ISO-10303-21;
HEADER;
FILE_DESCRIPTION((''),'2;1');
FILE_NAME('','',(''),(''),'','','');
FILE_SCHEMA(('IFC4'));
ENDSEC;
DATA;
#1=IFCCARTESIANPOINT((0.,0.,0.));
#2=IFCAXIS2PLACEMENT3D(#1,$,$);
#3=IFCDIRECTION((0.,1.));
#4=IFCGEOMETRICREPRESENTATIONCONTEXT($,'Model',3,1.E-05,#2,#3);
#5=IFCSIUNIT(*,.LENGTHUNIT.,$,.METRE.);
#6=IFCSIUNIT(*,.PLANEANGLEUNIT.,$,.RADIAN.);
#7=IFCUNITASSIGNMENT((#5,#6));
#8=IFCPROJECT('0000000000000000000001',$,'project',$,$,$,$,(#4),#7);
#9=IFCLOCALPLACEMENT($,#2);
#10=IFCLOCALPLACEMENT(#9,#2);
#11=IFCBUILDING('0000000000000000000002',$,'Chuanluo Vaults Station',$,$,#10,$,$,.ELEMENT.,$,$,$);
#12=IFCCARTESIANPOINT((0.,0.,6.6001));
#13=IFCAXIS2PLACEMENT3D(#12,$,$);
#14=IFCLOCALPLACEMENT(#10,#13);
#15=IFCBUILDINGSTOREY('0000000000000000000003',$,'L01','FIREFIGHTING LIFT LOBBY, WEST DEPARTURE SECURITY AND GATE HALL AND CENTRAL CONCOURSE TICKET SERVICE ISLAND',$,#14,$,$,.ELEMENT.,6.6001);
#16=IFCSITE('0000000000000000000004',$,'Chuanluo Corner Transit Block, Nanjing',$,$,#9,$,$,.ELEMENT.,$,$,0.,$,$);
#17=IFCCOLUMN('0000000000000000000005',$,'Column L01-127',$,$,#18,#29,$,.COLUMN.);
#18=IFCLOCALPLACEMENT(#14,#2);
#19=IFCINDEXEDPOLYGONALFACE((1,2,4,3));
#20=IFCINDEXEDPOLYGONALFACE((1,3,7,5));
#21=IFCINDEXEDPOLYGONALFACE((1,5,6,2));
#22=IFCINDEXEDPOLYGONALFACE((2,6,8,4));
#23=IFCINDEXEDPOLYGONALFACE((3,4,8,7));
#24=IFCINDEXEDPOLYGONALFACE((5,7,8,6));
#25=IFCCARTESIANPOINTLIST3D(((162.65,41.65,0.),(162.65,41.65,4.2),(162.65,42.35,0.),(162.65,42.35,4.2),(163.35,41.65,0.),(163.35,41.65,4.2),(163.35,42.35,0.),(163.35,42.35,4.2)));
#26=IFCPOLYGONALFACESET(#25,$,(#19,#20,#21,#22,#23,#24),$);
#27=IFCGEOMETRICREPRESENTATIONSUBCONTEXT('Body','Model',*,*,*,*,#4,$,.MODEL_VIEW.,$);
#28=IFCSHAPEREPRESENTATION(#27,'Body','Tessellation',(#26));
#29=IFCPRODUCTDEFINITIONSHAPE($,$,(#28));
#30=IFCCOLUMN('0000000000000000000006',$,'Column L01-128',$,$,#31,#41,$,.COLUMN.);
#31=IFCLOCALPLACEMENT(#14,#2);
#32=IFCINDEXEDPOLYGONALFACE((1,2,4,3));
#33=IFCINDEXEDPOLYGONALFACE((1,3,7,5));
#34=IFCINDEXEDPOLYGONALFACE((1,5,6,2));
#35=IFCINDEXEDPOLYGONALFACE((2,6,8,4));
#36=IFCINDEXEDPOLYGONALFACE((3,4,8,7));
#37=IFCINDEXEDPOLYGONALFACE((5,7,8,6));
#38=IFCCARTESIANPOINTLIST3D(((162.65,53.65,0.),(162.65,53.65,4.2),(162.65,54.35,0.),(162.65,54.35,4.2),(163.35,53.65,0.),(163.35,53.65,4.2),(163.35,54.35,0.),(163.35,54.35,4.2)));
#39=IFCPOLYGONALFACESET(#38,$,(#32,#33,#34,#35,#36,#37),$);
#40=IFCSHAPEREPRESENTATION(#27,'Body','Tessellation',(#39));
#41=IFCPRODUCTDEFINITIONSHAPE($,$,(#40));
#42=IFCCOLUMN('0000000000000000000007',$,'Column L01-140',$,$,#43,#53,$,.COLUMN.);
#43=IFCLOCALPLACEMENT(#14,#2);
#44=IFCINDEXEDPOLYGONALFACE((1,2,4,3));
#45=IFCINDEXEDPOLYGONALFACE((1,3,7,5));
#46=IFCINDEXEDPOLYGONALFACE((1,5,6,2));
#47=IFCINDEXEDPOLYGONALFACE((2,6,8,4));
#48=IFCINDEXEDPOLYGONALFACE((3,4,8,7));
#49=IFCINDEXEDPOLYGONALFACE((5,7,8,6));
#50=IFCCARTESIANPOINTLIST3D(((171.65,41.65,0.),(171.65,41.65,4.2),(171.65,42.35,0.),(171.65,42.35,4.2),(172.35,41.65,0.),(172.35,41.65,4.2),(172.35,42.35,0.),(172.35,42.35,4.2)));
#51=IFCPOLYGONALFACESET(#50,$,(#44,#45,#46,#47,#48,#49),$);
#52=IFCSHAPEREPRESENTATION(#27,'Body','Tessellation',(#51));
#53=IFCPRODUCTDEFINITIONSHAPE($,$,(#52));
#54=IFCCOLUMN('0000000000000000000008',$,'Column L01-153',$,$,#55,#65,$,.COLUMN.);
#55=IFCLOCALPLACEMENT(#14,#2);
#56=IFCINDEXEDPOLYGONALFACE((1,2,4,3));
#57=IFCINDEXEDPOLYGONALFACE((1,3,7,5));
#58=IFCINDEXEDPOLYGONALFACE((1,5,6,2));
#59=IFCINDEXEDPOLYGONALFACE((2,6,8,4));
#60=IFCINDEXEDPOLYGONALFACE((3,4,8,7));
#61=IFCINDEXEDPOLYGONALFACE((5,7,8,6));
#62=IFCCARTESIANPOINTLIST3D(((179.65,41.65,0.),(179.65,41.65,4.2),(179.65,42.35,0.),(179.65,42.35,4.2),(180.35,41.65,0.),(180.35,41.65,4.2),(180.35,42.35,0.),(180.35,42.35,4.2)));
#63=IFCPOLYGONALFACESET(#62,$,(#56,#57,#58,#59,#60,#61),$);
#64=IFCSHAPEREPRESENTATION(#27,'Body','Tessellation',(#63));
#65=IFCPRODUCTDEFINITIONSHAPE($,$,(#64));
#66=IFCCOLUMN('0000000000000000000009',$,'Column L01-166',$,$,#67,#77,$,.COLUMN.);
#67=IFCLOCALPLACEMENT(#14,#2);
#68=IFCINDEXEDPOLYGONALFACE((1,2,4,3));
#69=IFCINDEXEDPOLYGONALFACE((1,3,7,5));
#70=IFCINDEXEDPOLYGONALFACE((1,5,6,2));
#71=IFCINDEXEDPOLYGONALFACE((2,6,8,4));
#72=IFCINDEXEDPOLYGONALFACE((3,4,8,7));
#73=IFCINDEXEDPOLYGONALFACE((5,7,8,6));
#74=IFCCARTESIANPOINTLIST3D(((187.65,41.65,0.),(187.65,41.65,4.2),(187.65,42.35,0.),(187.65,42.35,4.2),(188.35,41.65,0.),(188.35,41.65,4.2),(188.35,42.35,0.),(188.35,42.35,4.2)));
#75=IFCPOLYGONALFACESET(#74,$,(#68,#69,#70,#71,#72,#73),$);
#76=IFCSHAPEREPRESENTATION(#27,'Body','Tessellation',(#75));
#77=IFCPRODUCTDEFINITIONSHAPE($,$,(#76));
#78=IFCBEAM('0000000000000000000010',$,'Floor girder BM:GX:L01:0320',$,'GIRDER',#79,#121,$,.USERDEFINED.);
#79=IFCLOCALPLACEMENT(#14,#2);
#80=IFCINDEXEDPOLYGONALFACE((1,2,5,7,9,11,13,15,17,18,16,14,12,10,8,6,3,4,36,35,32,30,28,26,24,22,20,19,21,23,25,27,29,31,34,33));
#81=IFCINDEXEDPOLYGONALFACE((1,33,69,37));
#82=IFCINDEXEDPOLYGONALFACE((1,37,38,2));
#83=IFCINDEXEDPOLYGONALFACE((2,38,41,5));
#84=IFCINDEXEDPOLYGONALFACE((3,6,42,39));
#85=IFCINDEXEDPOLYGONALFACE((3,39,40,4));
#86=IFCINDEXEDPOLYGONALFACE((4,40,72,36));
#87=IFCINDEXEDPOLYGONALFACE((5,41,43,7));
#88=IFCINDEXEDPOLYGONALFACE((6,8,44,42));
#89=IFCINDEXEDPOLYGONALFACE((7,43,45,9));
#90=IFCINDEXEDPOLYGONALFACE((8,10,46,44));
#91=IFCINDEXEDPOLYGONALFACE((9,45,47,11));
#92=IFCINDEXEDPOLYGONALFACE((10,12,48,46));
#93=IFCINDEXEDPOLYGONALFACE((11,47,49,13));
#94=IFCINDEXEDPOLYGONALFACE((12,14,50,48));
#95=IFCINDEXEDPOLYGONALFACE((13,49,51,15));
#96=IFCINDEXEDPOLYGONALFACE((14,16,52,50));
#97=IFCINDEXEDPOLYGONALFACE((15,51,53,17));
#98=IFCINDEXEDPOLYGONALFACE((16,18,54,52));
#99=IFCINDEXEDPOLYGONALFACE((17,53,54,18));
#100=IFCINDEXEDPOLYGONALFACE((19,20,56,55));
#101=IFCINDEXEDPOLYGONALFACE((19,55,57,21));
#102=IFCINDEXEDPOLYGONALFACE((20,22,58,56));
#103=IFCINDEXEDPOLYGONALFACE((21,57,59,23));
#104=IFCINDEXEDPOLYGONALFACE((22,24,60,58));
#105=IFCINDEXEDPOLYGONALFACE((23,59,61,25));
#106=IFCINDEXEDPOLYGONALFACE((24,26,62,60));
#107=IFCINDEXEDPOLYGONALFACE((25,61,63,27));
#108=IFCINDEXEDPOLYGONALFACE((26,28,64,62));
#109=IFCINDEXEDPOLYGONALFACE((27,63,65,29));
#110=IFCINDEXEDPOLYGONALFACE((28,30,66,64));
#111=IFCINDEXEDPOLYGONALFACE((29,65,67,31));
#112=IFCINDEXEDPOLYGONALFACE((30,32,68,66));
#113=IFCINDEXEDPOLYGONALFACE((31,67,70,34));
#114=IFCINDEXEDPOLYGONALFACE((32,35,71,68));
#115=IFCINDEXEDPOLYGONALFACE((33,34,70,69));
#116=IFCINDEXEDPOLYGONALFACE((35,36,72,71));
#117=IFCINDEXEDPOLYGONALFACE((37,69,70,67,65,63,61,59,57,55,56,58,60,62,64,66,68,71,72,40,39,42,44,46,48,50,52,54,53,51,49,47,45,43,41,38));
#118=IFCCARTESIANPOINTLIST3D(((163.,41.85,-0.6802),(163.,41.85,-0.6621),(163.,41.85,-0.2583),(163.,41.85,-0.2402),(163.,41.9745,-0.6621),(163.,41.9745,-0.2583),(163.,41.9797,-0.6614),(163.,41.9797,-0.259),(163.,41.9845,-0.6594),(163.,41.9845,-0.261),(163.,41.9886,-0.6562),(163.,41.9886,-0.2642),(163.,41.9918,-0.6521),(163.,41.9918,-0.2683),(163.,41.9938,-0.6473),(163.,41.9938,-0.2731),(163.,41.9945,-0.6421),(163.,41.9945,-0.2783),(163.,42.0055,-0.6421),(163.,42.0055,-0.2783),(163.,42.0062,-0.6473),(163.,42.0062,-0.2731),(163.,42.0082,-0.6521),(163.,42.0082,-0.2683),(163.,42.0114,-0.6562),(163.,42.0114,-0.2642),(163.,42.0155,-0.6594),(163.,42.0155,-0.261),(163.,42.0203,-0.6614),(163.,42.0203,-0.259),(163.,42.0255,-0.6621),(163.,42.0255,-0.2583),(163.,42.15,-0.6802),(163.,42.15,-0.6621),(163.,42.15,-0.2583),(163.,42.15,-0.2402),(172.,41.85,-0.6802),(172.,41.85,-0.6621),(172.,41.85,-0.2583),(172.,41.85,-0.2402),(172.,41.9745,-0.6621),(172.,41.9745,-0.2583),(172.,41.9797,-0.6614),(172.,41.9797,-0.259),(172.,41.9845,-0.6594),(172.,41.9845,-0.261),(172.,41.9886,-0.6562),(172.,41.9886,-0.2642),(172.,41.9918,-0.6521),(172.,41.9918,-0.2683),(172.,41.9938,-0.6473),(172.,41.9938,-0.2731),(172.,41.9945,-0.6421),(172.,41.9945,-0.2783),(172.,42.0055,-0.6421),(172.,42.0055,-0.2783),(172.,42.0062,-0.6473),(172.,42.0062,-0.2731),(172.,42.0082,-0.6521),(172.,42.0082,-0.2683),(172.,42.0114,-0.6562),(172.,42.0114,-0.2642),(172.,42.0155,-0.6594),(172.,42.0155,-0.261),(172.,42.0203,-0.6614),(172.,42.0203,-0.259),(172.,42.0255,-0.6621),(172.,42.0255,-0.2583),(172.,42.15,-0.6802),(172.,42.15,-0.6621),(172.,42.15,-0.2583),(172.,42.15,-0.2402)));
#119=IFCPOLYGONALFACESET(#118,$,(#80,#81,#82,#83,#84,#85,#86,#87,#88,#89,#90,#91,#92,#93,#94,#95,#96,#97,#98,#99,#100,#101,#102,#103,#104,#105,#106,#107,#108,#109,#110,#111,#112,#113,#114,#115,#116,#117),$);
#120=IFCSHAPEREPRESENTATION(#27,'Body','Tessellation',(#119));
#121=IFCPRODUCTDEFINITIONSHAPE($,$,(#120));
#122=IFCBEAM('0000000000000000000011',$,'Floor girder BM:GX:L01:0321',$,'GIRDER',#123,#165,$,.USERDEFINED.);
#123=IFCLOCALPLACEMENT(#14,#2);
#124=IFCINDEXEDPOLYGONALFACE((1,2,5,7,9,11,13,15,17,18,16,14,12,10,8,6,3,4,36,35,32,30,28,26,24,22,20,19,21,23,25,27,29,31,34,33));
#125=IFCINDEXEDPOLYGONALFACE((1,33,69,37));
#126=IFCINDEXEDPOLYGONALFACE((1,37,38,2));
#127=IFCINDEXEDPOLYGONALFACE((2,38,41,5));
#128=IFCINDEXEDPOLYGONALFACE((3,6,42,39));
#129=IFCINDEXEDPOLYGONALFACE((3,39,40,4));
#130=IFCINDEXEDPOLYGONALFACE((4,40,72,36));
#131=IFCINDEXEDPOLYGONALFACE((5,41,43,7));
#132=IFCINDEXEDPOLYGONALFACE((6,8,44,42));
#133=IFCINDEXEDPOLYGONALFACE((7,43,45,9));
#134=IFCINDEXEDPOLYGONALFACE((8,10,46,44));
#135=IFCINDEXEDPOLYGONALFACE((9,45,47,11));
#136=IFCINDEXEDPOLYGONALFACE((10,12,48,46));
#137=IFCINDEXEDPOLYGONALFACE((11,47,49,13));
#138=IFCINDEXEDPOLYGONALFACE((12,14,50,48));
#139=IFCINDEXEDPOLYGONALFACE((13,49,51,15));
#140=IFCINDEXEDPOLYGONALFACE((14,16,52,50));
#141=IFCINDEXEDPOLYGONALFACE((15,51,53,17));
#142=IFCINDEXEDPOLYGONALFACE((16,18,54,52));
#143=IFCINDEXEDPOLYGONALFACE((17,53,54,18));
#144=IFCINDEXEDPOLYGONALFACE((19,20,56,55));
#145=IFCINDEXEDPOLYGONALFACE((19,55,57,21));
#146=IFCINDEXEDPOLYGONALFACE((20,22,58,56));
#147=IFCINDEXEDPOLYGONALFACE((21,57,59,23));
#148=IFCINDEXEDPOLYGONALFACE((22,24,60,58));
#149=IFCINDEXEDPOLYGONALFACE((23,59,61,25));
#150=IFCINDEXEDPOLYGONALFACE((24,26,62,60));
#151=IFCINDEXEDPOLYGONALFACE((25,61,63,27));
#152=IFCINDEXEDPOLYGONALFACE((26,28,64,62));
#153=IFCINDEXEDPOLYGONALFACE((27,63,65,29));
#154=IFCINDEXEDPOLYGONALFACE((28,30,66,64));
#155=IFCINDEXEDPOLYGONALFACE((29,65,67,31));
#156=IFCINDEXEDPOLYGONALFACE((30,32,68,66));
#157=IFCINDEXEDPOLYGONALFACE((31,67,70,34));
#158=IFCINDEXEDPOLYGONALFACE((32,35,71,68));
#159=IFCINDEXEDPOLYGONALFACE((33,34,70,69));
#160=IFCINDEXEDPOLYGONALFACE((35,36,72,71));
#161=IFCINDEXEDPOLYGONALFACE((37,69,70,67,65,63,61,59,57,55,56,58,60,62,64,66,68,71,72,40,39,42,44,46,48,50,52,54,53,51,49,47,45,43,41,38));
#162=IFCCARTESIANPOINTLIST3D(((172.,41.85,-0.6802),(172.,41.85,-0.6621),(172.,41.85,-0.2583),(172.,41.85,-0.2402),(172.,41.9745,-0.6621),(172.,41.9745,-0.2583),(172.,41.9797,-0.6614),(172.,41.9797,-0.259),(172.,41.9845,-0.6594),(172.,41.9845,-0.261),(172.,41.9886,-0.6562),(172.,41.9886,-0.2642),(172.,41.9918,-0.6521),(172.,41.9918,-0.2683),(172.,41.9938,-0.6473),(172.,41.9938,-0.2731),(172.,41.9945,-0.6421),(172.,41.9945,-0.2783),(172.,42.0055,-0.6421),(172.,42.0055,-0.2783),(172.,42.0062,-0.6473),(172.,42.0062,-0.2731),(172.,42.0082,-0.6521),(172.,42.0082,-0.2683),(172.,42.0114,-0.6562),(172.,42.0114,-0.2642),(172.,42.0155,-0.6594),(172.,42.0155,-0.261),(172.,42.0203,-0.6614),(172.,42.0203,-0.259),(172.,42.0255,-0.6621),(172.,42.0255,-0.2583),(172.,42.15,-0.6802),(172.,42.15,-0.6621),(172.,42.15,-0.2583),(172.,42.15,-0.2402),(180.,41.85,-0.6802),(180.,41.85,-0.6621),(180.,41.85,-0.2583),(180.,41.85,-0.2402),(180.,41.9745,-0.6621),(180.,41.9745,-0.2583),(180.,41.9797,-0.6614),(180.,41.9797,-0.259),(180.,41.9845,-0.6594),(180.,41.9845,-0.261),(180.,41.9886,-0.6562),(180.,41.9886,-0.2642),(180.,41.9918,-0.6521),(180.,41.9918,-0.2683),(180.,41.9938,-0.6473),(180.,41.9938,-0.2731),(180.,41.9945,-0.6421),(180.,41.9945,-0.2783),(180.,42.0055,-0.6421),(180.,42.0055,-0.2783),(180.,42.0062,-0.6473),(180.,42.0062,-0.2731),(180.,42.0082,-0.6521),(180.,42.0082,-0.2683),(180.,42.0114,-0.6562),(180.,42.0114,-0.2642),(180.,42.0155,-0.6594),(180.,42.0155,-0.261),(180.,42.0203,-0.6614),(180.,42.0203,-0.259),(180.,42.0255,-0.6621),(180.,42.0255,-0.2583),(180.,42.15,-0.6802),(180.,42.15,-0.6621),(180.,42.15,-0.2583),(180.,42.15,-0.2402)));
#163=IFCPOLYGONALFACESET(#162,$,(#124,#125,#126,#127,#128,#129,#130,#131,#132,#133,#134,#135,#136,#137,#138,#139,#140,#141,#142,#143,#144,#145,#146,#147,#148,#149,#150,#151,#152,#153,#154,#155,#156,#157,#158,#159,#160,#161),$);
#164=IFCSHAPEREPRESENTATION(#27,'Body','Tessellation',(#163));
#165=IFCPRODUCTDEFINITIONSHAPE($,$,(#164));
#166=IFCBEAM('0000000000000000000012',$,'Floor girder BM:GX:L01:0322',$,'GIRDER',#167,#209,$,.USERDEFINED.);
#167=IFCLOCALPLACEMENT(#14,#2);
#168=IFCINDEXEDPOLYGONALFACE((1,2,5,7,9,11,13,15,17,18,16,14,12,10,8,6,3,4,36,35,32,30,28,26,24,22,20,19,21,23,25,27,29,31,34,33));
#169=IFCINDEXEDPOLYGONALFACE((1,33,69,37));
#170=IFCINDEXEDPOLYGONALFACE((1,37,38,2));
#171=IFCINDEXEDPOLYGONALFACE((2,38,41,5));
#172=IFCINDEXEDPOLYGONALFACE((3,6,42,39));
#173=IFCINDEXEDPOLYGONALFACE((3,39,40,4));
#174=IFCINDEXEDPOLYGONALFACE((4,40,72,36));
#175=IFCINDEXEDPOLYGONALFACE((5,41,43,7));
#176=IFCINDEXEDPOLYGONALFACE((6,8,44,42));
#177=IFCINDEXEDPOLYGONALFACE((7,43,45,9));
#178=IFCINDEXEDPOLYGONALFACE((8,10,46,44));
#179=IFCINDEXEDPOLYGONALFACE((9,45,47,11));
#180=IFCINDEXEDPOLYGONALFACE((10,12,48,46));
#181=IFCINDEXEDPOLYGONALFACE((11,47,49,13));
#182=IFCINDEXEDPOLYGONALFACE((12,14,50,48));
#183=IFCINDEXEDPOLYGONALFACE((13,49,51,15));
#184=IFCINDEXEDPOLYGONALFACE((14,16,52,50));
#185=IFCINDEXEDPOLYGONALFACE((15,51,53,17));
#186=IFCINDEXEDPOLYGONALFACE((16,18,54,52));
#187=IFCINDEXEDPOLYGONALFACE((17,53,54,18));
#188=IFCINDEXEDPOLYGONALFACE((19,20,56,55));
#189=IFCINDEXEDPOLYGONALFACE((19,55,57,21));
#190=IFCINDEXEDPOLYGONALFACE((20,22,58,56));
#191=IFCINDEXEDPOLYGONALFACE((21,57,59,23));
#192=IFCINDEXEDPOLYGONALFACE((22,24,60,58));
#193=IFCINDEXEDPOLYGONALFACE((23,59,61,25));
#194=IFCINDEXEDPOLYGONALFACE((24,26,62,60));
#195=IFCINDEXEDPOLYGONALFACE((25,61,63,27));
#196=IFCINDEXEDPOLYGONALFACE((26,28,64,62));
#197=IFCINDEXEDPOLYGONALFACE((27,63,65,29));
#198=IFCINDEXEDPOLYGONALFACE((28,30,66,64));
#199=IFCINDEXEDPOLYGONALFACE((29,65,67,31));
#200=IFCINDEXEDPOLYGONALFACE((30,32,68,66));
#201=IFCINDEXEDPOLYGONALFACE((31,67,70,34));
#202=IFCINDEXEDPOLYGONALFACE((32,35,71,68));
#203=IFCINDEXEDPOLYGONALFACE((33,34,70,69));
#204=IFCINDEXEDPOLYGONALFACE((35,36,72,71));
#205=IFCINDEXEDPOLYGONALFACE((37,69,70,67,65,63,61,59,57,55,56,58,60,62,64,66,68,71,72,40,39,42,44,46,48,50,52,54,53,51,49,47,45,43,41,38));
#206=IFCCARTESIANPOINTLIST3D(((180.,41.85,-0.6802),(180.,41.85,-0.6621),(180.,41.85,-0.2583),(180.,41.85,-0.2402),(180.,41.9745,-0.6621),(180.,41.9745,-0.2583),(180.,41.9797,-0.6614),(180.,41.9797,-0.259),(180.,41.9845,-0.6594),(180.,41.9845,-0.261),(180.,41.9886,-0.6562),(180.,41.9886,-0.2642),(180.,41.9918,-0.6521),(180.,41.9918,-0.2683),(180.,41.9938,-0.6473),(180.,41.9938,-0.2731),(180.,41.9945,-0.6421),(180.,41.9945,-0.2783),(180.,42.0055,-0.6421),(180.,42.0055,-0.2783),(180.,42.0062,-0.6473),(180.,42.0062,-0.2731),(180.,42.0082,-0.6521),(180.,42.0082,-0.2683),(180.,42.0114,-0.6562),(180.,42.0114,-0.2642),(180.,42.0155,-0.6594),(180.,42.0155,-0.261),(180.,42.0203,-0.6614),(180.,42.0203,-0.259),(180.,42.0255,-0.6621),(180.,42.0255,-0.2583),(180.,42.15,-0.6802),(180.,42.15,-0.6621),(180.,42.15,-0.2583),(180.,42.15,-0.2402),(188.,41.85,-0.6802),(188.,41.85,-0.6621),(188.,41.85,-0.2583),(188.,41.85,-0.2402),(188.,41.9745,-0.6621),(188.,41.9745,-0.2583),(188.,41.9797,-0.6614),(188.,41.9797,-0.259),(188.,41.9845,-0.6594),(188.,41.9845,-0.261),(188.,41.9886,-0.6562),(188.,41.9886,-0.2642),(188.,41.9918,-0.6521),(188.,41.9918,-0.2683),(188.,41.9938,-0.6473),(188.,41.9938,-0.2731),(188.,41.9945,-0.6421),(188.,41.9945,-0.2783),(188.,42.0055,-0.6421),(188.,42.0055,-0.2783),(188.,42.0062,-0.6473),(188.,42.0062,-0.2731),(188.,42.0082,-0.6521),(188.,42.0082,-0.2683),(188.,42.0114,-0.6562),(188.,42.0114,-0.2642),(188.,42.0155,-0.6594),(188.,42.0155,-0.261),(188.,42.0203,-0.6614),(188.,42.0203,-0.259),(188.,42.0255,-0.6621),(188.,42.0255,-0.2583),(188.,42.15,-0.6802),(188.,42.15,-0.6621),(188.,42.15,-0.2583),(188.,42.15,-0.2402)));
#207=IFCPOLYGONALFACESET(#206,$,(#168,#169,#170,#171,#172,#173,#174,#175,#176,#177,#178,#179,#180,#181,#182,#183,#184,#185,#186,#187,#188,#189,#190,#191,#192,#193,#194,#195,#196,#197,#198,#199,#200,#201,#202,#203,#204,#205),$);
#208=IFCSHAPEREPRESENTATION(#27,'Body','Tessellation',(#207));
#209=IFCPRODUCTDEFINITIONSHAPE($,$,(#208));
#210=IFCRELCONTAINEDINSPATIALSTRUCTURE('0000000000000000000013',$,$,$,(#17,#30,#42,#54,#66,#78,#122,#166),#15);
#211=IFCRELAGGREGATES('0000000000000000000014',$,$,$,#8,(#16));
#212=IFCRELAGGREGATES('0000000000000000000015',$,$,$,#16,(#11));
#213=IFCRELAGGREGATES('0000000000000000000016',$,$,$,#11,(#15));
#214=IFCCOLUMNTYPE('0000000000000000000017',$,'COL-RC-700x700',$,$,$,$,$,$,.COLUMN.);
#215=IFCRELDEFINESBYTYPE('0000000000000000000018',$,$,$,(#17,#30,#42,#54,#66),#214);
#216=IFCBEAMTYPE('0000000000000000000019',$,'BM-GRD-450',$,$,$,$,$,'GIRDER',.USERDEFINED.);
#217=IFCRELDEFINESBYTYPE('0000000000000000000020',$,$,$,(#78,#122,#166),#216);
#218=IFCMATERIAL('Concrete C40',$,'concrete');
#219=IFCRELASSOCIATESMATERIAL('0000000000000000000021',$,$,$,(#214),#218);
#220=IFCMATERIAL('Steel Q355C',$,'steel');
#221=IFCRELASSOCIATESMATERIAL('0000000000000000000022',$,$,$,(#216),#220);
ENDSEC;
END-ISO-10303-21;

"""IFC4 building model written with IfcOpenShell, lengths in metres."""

from ifc_helpers import new_model, si_unit, direction, frame, origin, origin_2d, place, context, subcontext, project, spatial, rectangle, i_section, extrude, material, material_profile, profile_set, type_object, element, save


model = new_model("IFC4")

# Units and contexts
model_context = context("Model", 3, precision=1e-05, world=origin(), true_north=direction((0.0, 1.0)))
body_context = subcontext(model_context, "Body", "Model", "MODEL_VIEW")
ifc_project = project(units=[si_unit("LENGTHUNIT", "METRE"), si_unit("PLANEANGLEUNIT", "RADIAN")], contexts=[model_context])

# Site, building, storey
site_placement = place(None, origin())
site = spatial("IfcSite", under=ifc_project, at=site_placement, Name="Chuanluo Corner Transit Block, Nanjing", CompositionType="ELEMENT", RefElevation=0.0)
building_placement = place(site_placement, origin())
building = spatial("IfcBuilding", under=site, at=building_placement, Name="Chuanluo Vaults Station", CompositionType="ELEMENT")
storey_placement = place(building_placement, frame((0.0, 0.0, 6.6001)))
storey = spatial("IfcBuildingStorey", under=building, at=storey_placement, Name="L01", Description="FIREFIGHTING LIFT LOBBY, WEST DEPARTURE SECURITY AND GATE HALL AND CENTRAL CONCOURSE TICKET SERVICE ISLAND", CompositionType="ELEMENT", Elevation=6.6001)

# Columns
ifc_material_1 = material(Name="Concrete C40", Category="concrete")
ifc_material_profile_1 = material_profile(ifc_material_1, rectangle(XDim=0.7, YDim=0.7, at=origin_2d()))
ifc_profile_set_1 = profile_set([ifc_material_profile_1], Name="Concrete C40")
column_type = type_object("IfcColumnType", Name="COL-RC-700x700", PredefinedType="COLUMN", material=ifc_profile_set_1)
for number, where, z_axis, x_axis, name in (
    (1, (163.0, 42.0, 0.0), (0.0, 0.0, 1.0), (1.0, 0.0, 0.0), "Column L01-127"),
    (2, (163.0, 54.0, 0.0), (0.0, 0.0, 1.0), (1.0, 0.0, 0.0), "Column L01-128"),
    (3, (172.0, 42.0, 0.0), (0.0, 0.0, 1.0), (1.0, 0.0, 0.0), "Column L01-140"),
    (4, (180.0, 42.0, 0.0), (0.0, 0.0, 1.0), (1.0, 0.0, 0.0), "Column L01-153"),
    (5, (188.0, 42.0, 0.0), (0.0, 0.0, 1.0), (1.0, 0.0, 0.0), "Column L01-166"),
):
    element("IfcColumn", number, at=place(storey_placement, frame(where, z_axis=z_axis, x_axis=x_axis)), inside=storey, type_object=column_type, Name=name, PredefinedType="COLUMN", context=body_context, shape_type="SweptSolid", body=[
        extrude(rectangle(XDim=0.7, YDim=0.7, at=origin_2d()), origin(), (0.0, 0.0, 1.0), 4.2),
    ])

# Beams
ifc_material_2 = material(Name="Steel Q355C", Category="steel")
ifc_material_profile_2 = material_profile(ifc_material_2, i_section(OverallWidth=0.3, OverallDepth=0.4399, WebThickness=0.011, FlangeThickness=0.0181, FilletRadius=0.02, at=origin_2d()))
ifc_profile_set_2 = profile_set([ifc_material_profile_2], Name="Steel Q355C")
beam_type_1 = type_object("IfcBeamType", Name="BM-GRD-450", ElementType="GIRDER", PredefinedType="USERDEFINED", material=ifc_profile_set_2)
beam_1_placement = place(storey_placement, frame((163.0, 42.0, -0.4602), z_axis=(1.0, 0.0, 0.0), x_axis=(0.0, 1.0, 0.0)))
element("IfcBeam", 6, at=beam_1_placement, inside=storey, type_object=beam_type_1, Name="Floor girder BM:GX:L01:0320", ObjectType="GIRDER", PredefinedType="USERDEFINED", context=body_context, shape_type="SweptSolid", body=[
    extrude(i_section(OverallWidth=0.3, OverallDepth=0.4399, WebThickness=0.011, FlangeThickness=0.0181, FilletRadius=0.02, at=origin_2d()), origin(), (0.0, 0.0, 1.0), 9.0),
])
for number, where, z_axis, x_axis, name in (
    (7, (172.0, 42.0, -0.4602), (1.0, 0.0, 0.0), (0.0, 1.0, 0.0), "Floor girder BM:GX:L01:0321"),
    (8, (180.0, 42.0, -0.4602), (1.0, 0.0, 0.0), (0.0, 1.0, 0.0), "Floor girder BM:GX:L01:0322"),
):
    element("IfcBeam", number, at=place(storey_placement, frame(where, z_axis=z_axis, x_axis=x_axis)), inside=storey, type_object=beam_type_1, Name=name, ObjectType="GIRDER", PredefinedType="USERDEFINED", context=body_context, shape_type="SweptSolid", body=[
        extrude(i_section(OverallWidth=0.3, OverallDepth=0.4399, WebThickness=0.011, FlangeThickness=0.0181, FilletRadius=0.02, at=origin_2d()), origin(), (0.0, 0.0, 1.0), 8.0),
    ])

save(model, "model.ifc")
